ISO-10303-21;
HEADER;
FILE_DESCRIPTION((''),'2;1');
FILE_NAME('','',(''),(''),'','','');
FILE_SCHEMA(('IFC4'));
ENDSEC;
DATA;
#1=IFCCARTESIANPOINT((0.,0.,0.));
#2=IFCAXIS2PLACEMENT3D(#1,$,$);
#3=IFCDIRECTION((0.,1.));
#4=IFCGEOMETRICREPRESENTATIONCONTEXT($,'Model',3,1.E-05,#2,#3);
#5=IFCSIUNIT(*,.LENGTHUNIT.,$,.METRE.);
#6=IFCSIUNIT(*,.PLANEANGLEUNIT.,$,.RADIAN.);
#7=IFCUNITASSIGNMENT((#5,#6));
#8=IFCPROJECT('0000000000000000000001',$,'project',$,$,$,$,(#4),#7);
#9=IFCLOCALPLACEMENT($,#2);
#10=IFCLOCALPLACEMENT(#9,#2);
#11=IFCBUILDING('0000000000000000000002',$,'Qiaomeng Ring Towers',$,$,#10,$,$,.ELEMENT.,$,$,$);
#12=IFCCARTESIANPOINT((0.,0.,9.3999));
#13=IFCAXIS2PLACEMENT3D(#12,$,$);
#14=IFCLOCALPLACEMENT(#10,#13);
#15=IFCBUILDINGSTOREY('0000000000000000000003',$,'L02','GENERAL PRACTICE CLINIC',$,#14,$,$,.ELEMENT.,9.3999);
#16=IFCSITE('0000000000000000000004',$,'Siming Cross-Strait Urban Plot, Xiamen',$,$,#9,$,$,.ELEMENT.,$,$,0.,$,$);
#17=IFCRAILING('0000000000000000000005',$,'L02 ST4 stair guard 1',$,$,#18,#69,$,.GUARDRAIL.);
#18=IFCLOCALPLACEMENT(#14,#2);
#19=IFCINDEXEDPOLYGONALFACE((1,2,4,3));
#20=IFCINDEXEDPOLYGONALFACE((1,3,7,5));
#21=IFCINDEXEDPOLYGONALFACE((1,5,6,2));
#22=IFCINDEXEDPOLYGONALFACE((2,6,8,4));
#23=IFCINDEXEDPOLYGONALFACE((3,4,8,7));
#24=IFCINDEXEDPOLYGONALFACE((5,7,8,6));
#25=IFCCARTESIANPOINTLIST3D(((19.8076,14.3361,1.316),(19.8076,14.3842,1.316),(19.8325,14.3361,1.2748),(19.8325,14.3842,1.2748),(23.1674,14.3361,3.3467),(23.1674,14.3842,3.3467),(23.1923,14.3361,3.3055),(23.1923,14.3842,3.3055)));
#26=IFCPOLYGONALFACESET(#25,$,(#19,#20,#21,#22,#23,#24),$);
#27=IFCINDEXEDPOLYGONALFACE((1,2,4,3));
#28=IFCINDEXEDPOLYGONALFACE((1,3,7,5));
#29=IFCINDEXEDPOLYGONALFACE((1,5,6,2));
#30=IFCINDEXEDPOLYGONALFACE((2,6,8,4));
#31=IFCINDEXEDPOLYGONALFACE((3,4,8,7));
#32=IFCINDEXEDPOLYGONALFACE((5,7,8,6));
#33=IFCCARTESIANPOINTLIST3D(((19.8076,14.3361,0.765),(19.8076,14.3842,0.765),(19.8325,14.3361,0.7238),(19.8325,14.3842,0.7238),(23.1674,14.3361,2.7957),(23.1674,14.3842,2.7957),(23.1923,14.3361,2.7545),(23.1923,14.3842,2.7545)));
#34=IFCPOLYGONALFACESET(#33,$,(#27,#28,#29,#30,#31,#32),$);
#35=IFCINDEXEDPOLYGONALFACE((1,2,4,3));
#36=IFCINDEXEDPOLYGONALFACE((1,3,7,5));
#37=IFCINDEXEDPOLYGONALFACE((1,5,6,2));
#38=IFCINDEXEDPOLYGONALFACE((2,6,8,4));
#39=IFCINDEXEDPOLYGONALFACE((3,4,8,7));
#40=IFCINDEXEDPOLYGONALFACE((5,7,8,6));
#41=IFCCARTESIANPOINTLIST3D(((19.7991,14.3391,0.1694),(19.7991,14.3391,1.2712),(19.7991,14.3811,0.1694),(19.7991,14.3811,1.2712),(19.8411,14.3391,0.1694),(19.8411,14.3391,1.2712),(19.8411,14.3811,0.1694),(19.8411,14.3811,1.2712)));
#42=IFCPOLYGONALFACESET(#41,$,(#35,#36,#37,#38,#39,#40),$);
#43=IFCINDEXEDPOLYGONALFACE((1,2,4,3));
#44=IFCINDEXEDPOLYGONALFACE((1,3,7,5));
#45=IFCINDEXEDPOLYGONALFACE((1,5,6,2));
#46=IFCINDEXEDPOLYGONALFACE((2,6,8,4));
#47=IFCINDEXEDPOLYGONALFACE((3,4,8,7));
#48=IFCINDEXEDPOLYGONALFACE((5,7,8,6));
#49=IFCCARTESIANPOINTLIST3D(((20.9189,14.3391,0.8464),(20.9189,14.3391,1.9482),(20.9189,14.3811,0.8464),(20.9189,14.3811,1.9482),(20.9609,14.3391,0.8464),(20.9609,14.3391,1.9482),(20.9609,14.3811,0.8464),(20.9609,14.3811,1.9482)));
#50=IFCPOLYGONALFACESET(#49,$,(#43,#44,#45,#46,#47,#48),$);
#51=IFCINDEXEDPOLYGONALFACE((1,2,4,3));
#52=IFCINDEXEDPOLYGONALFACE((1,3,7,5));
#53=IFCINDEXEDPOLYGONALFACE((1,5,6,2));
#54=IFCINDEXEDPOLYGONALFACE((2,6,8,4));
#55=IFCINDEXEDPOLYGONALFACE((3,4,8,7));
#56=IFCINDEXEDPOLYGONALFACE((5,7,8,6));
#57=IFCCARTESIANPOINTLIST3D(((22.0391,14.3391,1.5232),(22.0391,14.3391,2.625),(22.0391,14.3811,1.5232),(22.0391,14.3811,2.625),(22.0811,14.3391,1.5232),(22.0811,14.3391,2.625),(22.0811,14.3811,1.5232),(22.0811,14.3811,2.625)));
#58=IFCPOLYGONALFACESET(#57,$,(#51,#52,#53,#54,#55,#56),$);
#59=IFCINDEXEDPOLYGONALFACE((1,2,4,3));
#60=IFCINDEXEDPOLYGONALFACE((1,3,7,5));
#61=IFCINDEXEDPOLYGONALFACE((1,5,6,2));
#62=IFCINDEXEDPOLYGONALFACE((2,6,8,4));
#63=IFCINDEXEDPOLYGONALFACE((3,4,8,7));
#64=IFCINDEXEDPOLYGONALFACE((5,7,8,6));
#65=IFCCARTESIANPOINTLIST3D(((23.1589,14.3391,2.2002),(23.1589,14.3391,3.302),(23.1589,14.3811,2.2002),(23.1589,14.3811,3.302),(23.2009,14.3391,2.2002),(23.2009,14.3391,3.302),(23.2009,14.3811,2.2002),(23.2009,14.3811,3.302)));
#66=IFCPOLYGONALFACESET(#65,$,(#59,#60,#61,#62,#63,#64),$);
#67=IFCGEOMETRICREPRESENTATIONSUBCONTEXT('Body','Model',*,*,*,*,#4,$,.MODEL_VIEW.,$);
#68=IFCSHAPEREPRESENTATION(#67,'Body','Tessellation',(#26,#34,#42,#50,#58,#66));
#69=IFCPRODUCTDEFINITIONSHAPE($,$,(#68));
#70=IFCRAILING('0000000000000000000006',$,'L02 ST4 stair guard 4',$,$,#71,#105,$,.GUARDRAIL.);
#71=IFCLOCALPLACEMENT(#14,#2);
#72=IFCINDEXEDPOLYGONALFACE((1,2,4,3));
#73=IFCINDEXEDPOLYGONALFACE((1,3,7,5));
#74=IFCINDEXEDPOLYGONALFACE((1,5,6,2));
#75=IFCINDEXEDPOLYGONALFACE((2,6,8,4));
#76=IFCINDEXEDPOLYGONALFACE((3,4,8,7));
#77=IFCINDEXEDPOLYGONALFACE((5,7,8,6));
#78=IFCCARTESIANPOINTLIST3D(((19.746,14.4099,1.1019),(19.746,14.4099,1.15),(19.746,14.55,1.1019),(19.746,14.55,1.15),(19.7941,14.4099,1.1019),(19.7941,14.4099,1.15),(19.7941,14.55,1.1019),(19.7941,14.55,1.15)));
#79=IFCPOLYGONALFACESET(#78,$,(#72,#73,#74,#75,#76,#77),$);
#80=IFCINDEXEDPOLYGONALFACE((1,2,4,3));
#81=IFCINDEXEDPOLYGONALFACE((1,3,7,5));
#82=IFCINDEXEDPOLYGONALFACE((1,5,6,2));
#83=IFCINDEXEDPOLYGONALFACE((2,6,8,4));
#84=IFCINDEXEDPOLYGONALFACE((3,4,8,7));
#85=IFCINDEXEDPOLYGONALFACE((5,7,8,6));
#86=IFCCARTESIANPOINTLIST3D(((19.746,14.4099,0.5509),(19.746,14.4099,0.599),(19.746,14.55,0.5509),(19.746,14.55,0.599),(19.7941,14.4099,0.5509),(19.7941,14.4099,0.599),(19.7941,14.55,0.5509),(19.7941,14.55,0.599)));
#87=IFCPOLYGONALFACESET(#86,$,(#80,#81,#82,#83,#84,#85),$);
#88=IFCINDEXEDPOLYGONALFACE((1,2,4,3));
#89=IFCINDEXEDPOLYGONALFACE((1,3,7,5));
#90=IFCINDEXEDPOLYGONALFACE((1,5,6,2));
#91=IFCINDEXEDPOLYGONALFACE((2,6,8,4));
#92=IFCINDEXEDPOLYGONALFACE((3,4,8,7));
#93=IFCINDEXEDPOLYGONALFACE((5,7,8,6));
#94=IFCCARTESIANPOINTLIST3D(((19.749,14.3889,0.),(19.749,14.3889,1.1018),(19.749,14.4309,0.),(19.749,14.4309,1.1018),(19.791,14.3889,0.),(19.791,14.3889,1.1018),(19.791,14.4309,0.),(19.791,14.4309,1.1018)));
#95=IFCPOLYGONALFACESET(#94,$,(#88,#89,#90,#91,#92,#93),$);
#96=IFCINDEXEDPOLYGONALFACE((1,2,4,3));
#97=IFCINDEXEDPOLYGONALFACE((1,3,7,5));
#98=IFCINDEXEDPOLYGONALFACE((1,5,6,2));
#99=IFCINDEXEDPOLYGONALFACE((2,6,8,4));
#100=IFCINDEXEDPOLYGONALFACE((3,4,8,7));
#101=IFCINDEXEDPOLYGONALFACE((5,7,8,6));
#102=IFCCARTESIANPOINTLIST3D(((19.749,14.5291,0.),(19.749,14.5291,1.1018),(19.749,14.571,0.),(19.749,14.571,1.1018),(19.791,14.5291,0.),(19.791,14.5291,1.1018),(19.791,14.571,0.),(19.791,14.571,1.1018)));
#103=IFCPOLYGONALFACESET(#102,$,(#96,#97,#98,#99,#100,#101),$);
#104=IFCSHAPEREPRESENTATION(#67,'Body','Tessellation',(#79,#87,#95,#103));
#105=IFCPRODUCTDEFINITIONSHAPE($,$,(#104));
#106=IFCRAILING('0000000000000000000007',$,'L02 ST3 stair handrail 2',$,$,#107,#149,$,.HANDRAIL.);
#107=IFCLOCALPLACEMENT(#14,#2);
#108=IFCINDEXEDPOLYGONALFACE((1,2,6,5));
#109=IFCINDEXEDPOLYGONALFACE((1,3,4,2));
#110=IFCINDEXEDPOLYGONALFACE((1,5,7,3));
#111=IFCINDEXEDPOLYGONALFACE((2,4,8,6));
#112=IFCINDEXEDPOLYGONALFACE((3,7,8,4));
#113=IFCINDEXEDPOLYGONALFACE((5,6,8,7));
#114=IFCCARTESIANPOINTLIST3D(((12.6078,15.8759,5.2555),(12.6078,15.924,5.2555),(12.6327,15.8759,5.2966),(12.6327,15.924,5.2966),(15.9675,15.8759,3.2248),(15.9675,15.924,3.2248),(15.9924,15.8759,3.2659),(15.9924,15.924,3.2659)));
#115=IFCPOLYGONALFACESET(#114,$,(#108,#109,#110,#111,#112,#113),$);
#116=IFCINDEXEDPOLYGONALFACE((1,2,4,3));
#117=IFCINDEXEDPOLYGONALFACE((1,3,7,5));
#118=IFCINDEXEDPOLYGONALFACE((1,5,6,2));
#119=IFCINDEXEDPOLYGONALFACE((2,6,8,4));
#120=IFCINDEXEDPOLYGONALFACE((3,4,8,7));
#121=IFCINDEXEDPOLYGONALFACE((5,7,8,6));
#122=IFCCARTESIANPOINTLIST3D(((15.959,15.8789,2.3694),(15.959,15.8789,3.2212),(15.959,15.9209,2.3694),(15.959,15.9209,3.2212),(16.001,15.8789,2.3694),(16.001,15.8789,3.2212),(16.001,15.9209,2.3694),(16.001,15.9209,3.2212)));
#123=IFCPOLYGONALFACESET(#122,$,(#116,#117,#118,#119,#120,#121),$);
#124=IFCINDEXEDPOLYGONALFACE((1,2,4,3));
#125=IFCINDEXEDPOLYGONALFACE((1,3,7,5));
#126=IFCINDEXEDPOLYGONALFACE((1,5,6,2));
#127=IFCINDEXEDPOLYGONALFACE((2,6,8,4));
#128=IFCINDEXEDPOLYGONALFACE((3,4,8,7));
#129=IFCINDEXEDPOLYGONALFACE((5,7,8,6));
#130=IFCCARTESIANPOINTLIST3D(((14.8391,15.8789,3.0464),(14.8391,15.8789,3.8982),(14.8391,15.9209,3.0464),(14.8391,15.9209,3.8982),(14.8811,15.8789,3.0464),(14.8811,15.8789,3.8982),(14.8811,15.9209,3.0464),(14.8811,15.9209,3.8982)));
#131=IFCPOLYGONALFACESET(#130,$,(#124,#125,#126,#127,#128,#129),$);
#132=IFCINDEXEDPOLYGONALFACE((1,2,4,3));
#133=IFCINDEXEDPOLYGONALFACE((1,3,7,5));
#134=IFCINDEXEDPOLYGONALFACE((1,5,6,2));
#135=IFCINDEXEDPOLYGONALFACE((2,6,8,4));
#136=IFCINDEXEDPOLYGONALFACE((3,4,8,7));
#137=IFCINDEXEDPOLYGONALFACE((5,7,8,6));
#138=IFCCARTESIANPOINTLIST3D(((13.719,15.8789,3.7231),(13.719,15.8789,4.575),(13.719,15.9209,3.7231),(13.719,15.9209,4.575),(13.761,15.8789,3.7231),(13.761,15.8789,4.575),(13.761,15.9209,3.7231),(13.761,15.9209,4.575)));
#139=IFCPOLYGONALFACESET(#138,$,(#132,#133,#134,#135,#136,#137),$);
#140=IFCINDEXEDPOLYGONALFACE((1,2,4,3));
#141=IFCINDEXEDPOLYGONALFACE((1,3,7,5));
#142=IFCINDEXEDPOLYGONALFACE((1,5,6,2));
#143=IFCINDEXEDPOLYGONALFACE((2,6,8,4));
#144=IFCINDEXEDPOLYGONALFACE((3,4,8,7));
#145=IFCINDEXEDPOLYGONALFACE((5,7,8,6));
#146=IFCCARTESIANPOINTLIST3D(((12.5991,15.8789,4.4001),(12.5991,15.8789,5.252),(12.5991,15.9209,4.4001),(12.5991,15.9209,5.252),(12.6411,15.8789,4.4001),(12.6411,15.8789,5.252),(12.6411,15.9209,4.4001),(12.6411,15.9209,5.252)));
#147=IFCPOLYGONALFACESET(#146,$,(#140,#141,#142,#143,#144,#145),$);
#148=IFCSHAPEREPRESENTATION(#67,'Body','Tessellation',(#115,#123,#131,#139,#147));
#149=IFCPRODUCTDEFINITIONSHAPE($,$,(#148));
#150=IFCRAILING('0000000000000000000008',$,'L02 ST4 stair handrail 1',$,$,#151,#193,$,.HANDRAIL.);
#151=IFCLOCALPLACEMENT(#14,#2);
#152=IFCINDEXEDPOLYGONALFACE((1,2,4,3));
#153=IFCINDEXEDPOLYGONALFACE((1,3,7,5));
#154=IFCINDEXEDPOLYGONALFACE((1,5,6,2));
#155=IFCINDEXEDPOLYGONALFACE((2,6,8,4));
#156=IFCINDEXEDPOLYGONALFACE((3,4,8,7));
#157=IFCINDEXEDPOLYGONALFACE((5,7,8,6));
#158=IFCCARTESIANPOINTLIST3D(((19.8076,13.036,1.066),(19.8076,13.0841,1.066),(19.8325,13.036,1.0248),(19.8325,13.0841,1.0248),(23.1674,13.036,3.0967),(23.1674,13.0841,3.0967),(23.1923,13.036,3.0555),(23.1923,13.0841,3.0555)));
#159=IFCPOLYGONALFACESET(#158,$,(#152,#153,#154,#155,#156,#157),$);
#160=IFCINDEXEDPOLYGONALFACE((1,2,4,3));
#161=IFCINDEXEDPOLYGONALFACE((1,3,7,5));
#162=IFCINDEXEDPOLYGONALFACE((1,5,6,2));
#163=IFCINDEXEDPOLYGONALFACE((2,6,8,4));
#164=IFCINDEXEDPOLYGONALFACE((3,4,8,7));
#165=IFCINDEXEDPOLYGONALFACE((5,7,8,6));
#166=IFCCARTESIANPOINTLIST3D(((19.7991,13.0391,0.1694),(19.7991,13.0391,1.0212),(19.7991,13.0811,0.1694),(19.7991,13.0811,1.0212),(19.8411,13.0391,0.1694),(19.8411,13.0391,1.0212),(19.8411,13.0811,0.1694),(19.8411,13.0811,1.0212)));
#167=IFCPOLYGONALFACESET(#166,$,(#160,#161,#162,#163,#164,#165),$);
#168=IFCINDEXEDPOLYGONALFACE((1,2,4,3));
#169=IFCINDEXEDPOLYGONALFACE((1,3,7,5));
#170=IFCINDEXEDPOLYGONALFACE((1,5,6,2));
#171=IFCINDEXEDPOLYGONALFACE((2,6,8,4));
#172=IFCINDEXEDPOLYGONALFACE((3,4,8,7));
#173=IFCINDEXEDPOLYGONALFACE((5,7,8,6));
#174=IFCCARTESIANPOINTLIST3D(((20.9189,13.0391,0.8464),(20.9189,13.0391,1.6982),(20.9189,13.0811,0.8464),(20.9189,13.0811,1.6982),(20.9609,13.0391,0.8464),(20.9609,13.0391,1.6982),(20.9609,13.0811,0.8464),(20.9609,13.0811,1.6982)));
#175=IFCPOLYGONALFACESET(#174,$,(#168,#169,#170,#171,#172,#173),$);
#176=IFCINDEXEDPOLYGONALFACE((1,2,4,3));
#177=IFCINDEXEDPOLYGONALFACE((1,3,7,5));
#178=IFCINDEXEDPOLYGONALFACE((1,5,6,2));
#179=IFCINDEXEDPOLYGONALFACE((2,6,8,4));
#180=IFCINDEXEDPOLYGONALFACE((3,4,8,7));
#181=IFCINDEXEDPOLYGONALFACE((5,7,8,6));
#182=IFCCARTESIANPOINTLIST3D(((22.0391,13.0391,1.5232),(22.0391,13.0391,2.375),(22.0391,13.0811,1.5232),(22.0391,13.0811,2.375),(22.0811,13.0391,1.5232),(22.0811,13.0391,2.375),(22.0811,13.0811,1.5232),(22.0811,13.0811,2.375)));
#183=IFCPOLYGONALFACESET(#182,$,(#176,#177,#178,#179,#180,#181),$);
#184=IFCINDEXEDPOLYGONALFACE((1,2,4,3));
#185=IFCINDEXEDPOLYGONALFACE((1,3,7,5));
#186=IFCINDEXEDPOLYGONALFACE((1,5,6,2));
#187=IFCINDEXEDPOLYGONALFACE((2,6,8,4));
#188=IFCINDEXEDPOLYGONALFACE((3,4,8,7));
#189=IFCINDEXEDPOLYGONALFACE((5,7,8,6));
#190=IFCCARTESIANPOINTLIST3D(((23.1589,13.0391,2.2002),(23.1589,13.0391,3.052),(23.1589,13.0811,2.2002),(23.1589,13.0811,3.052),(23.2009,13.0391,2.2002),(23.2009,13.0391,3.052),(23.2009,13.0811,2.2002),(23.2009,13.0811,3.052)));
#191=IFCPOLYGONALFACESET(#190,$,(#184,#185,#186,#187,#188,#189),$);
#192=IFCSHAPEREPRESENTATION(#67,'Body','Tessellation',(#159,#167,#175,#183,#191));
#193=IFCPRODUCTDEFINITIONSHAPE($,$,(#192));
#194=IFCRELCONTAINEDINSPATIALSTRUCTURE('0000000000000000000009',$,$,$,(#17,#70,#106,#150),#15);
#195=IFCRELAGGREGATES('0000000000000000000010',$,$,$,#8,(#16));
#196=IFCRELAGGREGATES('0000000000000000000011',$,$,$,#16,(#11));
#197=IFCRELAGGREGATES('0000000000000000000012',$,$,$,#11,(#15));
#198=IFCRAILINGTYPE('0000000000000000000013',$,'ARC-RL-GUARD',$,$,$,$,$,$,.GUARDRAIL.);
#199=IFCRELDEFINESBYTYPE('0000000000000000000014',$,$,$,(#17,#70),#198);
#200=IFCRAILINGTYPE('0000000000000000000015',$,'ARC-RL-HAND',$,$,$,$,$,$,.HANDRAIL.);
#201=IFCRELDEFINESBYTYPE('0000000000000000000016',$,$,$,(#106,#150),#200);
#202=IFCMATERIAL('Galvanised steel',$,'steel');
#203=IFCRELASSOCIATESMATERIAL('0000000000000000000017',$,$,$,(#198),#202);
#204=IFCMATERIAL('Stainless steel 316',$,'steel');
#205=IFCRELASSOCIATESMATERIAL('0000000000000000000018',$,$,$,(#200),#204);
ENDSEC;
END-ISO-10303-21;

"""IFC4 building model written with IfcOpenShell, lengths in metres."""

from ifc_helpers import new_model, si_unit, direction, frame, origin, origin_2d, place, context, subcontext, project, spatial, rectangle, extrude, material, type_object, element, save


model = new_model("IFC4")

# Units and contexts
model_context = context("Model", 3, precision=1e-05, world=origin(), true_north=direction((0.0, 1.0)))
body_context = subcontext(model_context, "Body", "Model", "MODEL_VIEW")
ifc_project = project(units=[si_unit("LENGTHUNIT", "METRE"), si_unit("PLANEANGLEUNIT", "RADIAN")], contexts=[model_context])

# Site, building, storey
site_placement = place(None, origin())
site = spatial("IfcSite", under=ifc_project, at=site_placement, Name="Siming Cross-Strait Urban Plot, Xiamen", CompositionType="ELEMENT", RefElevation=0.0)
building_placement = place(site_placement, origin())
building = spatial("IfcBuilding", under=site, at=building_placement, Name="Qiaomeng Ring Towers", CompositionType="ELEMENT")
storey_placement = place(building_placement, frame((0.0, 0.0, 9.3999)))
storey = spatial("IfcBuildingStorey", under=building, at=storey_placement, Name="L02", Description="GENERAL PRACTICE CLINIC", CompositionType="ELEMENT", Elevation=9.3999)

# Shared definitions
ifc_material_1 = material(Name="Galvanised steel", Category="steel")

# Railings
railing_type_1 = type_object("IfcRailingType", Name="ARC-RL-GUARD", PredefinedType="GUARDRAIL", material=ifc_material_1)
railing_1_placement = place(storey_placement, frame((19.8201, 14.3601, 0.1694)))
element("IfcRailing", 1, at=railing_1_placement, inside=storey, type_object=railing_type_1, Name="L02 ST4 stair guard 1", PredefinedType="GUARDRAIL", context=body_context, shape_type="SweptSolid", body=[
    extrude(rectangle(XDim=0.0481, YDim=0.0481, at=origin_2d()), frame((0.0, 0.0, 1.126), z_axis=(0.85582, 0.0, 0.517273), x_axis=(0.0, 1.0, 0.0)), (0.0, 0.0, 1.0), 3.9258),
    extrude(rectangle(XDim=0.0481, YDim=0.0481, at=origin_2d()), frame((0.0, 0.0, 0.575), z_axis=(0.85582, 0.0, 0.517273), x_axis=(0.0, 1.0, 0.0)), (0.0, 0.0, 1.0), 3.9258),
    extrude(rectangle(XDim=0.042, YDim=0.042, at=origin_2d()), origin(), (0.0, 0.0, 1.0), 1.1018),
    extrude(rectangle(XDim=0.042, YDim=0.042, at=origin_2d()), frame((1.1199, 0.0, 0.677)), (0.0, 0.0, 1.0), 1.1018),
    extrude(rectangle(XDim=0.042, YDim=0.042, at=origin_2d()), frame((2.24, 0.0, 1.3538)), (0.0, 0.0, 1.0), 1.1018),
    extrude(rectangle(XDim=0.042, YDim=0.042, at=origin_2d()), frame((3.3599, 0.0, 2.0308)), (0.0, 0.0, 1.0), 1.1018),
])
railing_2_placement = place(storey_placement, frame((19.77, 14.4099, 0.0)))
element("IfcRailing", 2, at=railing_2_placement, inside=storey, type_object=railing_type_1, Name="L02 ST4 stair guard 4", PredefinedType="GUARDRAIL", context=body_context, shape_type="SweptSolid", body=[
    extrude(rectangle(XDim=0.0481, YDim=0.0481, at=origin_2d()), frame((0.0, 0.0, 1.126), z_axis=(0.0, 1.0, 0.0), x_axis=(-1.0, 0.0, 0.0)), (0.0, 0.0, 1.0), 0.1401),
    extrude(rectangle(XDim=0.0481, YDim=0.0481, at=origin_2d()), frame((0.0, 0.0, 0.575), z_axis=(0.0, 1.0, 0.0), x_axis=(-1.0, 0.0, 0.0)), (0.0, 0.0, 1.0), 0.1401),
    extrude(rectangle(XDim=0.042, YDim=0.042, at=origin_2d()), origin(), (0.0, 0.0, 1.0), 1.1018),
    extrude(rectangle(XDim=0.042, YDim=0.042, at=origin_2d()), frame((0.0, 0.1401, 0.0)), (0.0, 0.0, 1.0), 1.1018),
])
ifc_material_2 = material(Name="Stainless steel 316", Category="steel")
railing_type_2 = type_object("IfcRailingType", Name="ARC-RL-HAND", PredefinedType="HANDRAIL", material=ifc_material_2)
railing_3_placement = place(storey_placement, frame((15.98, 15.8999, 2.3694)))
element("IfcRailing", 3, at=railing_3_placement, inside=storey, type_object=railing_type_2, Name="L02 ST3 stair handrail 2", PredefinedType="HANDRAIL", context=body_context, shape_type="SweptSolid", body=[
    extrude(rectangle(XDim=0.0481, YDim=0.0481, at=origin_2d()), frame((0.0, 0.0, 0.876), z_axis=(-0.85582, 0.0, 0.517273), x_axis=(0.0, -1.0, 0.0)), (0.0, 0.0, 1.0), 3.9258),
    extrude(rectangle(XDim=0.042, YDim=0.042, at=origin_2d()), origin(), (0.0, 0.0, 1.0), 0.8518),
    extrude(rectangle(XDim=0.042, YDim=0.042, at=origin_2d()), frame((-1.1199, 0.0, 0.677)), (0.0, 0.0, 1.0), 0.8518),
    extrude(rectangle(XDim=0.042, YDim=0.042, at=origin_2d()), frame((-2.24, 0.0, 1.3538)), (0.0, 0.0, 1.0), 0.8518),
    extrude(rectangle(XDim=0.042, YDim=0.042, at=origin_2d()), frame((-3.3599, 0.0, 2.0308)), (0.0, 0.0, 1.0), 0.8518),
])
railing_4_placement = place(storey_placement, frame((19.8201, 13.0601, 0.1694)))
element("IfcRailing", 4, at=railing_4_placement, inside=storey, type_object=railing_type_2, Name="L02 ST4 stair handrail 1", PredefinedType="HANDRAIL", context=body_context, shape_type="SweptSolid", body=[
    extrude(rectangle(XDim=0.0481, YDim=0.0481, at=origin_2d()), frame((0.0, 0.0, 0.876), z_axis=(0.85582, 0.0, 0.517273), x_axis=(0.0, 1.0, 0.0)), (0.0, 0.0, 1.0), 3.9258),
    extrude(rectangle(XDim=0.042, YDim=0.042, at=origin_2d()), origin(), (0.0, 0.0, 1.0), 0.8518),
    extrude(rectangle(XDim=0.042, YDim=0.042, at=origin_2d()), frame((1.1199, 0.0, 0.677)), (0.0, 0.0, 1.0), 0.8518),
    extrude(rectangle(XDim=0.042, YDim=0.042, at=origin_2d()), frame((2.24, 0.0, 1.3538)), (0.0, 0.0, 1.0), 0.8518),
    extrude(rectangle(XDim=0.042, YDim=0.042, at=origin_2d()), frame((3.3599, 0.0, 2.0308)), (0.0, 0.0, 1.0), 0.8518),
])

save(model, "model.ifc")
